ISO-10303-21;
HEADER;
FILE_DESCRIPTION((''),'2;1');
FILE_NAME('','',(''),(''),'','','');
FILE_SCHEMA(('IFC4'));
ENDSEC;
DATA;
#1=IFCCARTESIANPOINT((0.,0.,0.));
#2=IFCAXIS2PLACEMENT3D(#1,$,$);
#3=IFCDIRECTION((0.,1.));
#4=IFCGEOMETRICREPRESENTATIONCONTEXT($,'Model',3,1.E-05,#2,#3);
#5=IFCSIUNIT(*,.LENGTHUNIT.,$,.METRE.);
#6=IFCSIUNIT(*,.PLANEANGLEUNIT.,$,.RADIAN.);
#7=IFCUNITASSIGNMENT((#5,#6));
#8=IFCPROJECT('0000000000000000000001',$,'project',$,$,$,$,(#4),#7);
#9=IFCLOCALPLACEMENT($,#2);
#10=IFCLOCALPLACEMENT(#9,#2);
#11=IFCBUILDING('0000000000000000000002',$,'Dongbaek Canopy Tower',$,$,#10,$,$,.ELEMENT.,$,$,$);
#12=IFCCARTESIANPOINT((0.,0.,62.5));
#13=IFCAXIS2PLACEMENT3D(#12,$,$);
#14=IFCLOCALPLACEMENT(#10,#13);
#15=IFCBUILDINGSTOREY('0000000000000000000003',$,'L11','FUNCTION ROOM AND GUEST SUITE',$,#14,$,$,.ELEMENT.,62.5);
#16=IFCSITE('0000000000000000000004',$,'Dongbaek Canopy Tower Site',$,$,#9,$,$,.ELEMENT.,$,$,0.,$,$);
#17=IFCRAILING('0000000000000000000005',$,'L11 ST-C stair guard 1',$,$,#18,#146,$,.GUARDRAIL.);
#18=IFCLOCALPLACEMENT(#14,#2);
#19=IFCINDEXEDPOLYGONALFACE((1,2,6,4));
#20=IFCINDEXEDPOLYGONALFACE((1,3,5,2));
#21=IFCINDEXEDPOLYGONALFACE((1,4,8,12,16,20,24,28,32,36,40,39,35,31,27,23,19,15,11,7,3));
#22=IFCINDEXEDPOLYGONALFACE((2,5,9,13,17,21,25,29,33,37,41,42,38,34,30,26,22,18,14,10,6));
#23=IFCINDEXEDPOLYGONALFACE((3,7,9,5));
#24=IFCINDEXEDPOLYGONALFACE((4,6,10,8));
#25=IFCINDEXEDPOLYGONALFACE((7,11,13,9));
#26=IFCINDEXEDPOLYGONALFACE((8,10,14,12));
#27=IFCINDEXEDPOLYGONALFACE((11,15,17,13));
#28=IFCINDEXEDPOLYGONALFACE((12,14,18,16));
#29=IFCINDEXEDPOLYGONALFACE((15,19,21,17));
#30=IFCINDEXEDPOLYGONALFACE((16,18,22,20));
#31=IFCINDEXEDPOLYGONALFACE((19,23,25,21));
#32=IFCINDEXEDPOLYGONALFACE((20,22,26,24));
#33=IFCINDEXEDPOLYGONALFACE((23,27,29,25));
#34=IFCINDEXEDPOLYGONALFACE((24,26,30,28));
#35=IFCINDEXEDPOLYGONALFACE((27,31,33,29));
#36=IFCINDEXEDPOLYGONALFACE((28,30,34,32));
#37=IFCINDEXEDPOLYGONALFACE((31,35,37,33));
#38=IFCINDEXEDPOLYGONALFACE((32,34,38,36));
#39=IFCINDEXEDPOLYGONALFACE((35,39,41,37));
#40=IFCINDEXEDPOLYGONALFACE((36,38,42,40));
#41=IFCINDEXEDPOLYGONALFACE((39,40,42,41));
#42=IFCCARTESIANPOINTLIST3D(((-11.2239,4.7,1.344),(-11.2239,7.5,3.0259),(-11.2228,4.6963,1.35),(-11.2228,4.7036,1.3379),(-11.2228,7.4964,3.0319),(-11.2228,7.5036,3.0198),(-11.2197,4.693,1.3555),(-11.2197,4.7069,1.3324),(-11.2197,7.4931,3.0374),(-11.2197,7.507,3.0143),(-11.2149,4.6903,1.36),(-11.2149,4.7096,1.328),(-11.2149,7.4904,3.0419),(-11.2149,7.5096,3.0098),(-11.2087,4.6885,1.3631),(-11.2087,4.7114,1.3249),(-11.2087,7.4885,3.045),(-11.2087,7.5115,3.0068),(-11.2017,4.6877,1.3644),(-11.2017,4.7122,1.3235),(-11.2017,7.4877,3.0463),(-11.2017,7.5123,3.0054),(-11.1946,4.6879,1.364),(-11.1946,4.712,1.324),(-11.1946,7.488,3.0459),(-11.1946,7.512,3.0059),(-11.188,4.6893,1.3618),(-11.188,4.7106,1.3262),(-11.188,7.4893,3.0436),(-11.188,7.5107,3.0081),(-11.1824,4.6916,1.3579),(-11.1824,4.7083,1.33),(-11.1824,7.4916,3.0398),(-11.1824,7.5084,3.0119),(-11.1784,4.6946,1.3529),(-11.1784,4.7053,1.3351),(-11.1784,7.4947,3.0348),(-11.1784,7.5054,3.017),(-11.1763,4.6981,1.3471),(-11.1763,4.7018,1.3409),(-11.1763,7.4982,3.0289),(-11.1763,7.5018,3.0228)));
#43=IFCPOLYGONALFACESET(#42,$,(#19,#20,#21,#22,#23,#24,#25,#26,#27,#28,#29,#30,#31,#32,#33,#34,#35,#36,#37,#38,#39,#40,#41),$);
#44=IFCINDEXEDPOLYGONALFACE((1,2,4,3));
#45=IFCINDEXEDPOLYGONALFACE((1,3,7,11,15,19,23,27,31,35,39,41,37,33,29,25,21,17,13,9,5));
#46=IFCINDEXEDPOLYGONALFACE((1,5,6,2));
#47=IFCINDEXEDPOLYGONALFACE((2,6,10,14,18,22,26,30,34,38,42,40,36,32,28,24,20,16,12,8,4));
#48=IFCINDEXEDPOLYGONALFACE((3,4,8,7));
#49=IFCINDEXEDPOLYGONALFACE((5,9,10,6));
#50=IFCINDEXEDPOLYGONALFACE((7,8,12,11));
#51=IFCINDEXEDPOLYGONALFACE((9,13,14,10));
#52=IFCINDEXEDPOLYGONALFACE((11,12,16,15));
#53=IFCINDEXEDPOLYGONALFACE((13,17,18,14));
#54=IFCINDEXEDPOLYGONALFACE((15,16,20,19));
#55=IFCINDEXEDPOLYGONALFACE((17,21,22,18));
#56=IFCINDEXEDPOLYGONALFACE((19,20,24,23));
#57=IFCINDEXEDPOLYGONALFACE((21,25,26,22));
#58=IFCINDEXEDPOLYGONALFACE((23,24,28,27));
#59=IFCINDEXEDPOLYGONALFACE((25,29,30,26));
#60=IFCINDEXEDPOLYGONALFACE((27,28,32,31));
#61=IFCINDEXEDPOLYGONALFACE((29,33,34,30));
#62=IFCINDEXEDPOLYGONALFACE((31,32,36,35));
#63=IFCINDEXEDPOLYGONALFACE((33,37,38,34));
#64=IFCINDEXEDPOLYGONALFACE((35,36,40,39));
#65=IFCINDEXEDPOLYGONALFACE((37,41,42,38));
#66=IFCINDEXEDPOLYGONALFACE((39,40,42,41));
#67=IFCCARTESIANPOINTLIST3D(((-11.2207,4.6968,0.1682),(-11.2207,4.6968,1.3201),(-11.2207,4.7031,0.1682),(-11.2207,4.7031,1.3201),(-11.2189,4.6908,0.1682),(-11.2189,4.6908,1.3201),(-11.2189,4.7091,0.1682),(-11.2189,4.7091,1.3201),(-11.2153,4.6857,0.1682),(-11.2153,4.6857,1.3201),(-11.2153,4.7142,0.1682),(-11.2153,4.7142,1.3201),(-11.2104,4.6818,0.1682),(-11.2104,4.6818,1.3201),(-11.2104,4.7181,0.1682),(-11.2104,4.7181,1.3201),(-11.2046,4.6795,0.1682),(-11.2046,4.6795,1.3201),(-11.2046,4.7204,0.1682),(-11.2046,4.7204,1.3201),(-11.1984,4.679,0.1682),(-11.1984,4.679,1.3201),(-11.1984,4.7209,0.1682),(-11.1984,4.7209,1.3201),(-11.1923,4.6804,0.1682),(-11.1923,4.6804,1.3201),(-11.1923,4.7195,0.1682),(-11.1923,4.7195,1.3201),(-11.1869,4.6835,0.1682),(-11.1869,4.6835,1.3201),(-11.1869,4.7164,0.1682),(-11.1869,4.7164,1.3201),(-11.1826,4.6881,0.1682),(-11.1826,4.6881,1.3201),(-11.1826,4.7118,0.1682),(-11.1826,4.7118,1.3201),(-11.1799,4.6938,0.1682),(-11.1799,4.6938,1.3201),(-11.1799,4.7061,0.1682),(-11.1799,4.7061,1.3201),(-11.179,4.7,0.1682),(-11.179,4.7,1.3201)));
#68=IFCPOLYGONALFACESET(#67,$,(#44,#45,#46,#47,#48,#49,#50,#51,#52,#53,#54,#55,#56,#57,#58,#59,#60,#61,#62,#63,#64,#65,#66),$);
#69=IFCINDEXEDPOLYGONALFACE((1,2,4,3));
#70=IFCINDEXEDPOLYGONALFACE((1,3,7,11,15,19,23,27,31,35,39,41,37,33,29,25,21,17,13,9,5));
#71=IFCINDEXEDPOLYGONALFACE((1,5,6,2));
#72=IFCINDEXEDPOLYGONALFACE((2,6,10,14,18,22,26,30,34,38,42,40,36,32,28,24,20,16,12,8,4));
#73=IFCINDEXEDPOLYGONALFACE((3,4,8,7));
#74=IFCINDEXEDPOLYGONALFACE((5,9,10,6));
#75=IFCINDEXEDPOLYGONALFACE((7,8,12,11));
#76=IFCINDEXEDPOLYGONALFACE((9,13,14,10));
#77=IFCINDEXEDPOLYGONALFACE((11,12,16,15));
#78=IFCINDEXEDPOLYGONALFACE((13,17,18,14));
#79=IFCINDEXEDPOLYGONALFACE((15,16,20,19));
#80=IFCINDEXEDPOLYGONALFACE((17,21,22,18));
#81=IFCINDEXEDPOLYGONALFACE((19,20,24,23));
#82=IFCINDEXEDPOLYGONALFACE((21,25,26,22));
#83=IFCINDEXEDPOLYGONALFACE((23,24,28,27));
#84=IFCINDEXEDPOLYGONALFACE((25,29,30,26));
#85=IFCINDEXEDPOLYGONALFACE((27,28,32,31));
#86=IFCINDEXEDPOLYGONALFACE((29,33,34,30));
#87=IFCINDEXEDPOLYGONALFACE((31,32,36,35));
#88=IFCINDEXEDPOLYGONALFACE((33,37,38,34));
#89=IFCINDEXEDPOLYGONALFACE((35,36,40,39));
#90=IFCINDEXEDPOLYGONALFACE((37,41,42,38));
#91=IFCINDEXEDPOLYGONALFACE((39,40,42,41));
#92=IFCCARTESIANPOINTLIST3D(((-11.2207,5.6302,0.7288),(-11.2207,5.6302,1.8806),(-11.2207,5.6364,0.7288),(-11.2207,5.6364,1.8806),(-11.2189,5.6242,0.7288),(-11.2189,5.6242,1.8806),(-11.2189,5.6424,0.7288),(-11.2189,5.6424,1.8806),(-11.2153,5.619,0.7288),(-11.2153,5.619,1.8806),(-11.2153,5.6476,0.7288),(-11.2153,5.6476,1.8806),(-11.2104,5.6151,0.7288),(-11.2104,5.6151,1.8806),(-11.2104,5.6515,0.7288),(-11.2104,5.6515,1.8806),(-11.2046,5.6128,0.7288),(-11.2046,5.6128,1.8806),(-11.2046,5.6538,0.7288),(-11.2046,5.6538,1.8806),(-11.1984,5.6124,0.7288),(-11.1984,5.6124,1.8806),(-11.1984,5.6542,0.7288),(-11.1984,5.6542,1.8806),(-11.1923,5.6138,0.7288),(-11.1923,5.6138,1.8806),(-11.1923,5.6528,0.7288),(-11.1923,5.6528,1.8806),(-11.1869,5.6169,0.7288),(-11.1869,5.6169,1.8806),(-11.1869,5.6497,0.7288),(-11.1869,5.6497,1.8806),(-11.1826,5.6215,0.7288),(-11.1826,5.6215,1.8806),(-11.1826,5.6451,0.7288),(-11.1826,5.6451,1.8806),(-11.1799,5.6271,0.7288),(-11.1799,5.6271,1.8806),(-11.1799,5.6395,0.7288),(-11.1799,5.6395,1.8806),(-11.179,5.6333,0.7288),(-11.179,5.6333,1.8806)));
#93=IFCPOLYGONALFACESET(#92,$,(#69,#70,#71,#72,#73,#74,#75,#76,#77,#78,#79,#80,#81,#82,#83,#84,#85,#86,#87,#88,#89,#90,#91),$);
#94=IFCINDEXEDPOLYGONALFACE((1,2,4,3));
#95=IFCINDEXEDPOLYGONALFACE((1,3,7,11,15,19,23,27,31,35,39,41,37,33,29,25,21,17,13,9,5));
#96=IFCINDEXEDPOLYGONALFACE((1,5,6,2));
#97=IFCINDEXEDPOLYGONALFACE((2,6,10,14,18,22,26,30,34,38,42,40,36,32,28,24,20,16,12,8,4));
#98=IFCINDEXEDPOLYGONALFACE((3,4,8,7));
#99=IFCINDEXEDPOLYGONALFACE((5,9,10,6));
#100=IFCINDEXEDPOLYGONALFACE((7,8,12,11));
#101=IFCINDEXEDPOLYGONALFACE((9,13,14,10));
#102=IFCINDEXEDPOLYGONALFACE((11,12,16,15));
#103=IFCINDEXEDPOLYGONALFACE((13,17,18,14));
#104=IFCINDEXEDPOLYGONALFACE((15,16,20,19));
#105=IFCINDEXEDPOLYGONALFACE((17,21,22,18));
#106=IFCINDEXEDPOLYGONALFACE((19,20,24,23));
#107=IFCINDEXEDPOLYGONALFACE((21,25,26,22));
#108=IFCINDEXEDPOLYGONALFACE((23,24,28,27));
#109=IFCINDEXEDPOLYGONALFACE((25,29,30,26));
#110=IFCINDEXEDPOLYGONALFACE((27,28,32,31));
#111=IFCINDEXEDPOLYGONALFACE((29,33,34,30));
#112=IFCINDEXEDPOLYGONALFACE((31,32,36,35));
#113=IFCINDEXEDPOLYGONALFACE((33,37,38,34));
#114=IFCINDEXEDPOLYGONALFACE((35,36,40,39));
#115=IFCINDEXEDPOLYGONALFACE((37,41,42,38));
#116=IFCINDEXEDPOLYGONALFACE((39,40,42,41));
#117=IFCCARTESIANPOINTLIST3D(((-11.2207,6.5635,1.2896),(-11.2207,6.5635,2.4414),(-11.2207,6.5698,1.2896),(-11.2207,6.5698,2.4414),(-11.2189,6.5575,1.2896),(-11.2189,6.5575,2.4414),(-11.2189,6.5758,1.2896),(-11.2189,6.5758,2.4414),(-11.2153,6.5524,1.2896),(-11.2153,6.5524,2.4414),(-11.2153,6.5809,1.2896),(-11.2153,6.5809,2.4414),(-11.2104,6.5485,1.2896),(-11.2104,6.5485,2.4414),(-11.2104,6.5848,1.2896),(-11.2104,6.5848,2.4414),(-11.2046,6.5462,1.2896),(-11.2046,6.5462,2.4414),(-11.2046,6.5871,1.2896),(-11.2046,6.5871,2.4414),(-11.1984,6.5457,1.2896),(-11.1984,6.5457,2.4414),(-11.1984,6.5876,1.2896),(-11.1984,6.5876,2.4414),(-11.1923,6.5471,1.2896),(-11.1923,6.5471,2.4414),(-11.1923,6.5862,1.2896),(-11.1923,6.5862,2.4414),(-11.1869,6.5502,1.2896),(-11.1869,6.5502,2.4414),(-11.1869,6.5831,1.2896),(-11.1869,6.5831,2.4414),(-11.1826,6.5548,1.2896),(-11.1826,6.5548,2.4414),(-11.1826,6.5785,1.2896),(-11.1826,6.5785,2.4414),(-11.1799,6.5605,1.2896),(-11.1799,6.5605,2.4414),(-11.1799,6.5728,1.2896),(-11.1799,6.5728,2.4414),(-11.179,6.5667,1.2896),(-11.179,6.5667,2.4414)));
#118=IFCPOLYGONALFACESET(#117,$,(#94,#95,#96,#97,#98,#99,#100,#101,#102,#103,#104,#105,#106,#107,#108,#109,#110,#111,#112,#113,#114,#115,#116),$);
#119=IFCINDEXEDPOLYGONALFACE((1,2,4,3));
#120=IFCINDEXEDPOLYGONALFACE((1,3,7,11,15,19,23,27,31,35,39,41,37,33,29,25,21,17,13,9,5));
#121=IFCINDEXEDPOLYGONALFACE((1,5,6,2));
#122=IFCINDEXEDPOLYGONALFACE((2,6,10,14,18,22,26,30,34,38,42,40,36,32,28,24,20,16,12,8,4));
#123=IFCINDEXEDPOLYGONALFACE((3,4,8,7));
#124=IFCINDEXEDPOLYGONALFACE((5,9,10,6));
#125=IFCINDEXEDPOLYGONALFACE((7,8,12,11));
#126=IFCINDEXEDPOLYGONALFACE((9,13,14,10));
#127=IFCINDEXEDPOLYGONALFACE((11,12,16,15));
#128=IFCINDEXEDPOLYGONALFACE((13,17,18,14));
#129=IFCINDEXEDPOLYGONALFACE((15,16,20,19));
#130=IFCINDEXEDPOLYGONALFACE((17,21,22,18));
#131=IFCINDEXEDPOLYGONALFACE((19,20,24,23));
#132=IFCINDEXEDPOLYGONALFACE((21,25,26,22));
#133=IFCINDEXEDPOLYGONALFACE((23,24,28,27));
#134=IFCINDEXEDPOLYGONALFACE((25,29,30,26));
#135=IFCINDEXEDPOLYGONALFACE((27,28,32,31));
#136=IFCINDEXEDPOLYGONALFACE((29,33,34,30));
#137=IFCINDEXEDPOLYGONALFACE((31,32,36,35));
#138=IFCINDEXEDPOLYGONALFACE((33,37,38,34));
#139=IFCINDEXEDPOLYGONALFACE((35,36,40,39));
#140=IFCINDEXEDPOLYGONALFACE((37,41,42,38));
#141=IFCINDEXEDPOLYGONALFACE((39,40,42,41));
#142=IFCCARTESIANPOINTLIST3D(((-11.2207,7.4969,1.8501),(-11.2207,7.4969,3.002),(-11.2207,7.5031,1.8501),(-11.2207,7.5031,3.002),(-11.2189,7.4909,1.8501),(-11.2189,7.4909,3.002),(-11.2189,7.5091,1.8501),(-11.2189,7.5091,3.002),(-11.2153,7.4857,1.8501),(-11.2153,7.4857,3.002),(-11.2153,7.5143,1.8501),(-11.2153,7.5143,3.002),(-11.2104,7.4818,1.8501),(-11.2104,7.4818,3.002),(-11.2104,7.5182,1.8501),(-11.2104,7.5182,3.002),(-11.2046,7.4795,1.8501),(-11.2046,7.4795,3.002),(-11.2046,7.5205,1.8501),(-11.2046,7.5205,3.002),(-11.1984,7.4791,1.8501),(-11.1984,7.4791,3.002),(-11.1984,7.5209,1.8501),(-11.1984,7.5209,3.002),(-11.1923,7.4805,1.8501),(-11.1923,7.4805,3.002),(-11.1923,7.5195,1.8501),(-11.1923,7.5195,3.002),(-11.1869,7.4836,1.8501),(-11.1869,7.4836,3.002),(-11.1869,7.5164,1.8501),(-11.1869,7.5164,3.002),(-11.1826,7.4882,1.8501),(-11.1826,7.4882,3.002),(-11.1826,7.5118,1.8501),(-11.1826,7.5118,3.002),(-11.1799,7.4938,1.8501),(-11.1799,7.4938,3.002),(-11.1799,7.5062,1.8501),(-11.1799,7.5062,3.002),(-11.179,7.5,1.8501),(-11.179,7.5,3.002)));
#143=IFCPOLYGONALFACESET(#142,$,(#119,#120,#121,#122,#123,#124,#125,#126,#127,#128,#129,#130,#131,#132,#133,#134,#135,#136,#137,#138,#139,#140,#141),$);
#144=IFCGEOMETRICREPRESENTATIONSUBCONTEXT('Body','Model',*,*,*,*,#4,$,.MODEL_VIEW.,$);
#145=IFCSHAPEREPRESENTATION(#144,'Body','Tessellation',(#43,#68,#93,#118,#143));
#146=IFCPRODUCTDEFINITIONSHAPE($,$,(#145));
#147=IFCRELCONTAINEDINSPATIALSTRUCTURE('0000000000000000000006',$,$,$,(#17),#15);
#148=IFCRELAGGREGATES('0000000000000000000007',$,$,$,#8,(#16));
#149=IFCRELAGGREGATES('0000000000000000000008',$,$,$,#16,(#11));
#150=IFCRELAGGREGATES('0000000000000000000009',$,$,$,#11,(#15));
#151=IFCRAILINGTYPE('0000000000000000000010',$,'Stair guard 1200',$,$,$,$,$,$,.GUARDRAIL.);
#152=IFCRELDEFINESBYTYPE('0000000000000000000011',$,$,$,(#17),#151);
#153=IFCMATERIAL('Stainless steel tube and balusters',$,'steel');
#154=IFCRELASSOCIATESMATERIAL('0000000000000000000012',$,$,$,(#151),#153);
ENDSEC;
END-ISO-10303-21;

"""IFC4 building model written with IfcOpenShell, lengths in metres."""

from ifc_helpers import new_model, si_unit, direction, frame, origin, origin_2d, place, context, subcontext, project, spatial, circle, extrude, material, type_object, element, save


model = new_model("IFC4")

# Units and contexts
model_context = context("Model", 3, precision=1e-05, world=origin(), true_north=direction((0.0, 1.0)))
body_context = subcontext(model_context, "Body", "Model", "MODEL_VIEW")
ifc_project = project(units=[si_unit("LENGTHUNIT", "METRE"), si_unit("PLANEANGLEUNIT", "RADIAN")], contexts=[model_context])

# Site, building, storey
site_placement = place(None, origin())
site = spatial("IfcSite", under=ifc_project, at=site_placement, Name="Dongbaek Canopy Tower Site", CompositionType="ELEMENT", RefElevation=0.0)
building_placement = place(site_placement, origin())
building = spatial("IfcBuilding", under=site, at=building_placement, Name="Dongbaek Canopy Tower", CompositionType="ELEMENT")
storey_placement = place(building_placement, frame((0.0, 0.0, 62.5)))
storey = spatial("IfcBuildingStorey", under=building, at=storey_placement, Name="L11", Description="FUNCTION ROOM AND GUEST SUITE", CompositionType="ELEMENT", Elevation=62.5)

# Railing
ifc_material_1 = material(Name="Stainless steel tube and balusters", Category="steel")
railing_type_1 = type_object("IfcRailingType", Name="Stair guard 1200", PredefinedType="GUARDRAIL", material=ifc_material_1)
railing_1_placement = place(storey_placement, frame((-11.2, 4.7, 0.1682)))
element("IfcRailing", 1, at=railing_1_placement, inside=storey, type_object=railing_type_1, Name="L11 ST-C stair guard 1", PredefinedType="GUARDRAIL", context=body_context, shape_type="SweptSolid", body=[
    extrude(circle(Radius=0.0239, at=origin_2d()), frame((0.0, 0.0, 1.1758), z_axis=(0.0, 0.857242, 0.514913), x_axis=(-1.0, 0.0, 0.0)), (0.0, 0.0, 1.0), 3.2664),
    extrude(circle(Radius=0.021, at=origin_2d()), origin(), (0.0, 0.0, 1.0), 1.1519),
    extrude(circle(Radius=0.021, at=origin_2d()), frame((0.0, 0.9333, 0.5605)), (0.0, 0.0, 1.0), 1.1519),
    extrude(circle(Radius=0.021, at=origin_2d()), frame((0.0, 1.8667, 1.1213)), (0.0, 0.0, 1.0), 1.1519),
    extrude(circle(Radius=0.021, at=origin_2d()), frame((0.0, 2.8, 1.6819)), (0.0, 0.0, 1.0), 1.1519),
])

save(model, "model.ifc")
